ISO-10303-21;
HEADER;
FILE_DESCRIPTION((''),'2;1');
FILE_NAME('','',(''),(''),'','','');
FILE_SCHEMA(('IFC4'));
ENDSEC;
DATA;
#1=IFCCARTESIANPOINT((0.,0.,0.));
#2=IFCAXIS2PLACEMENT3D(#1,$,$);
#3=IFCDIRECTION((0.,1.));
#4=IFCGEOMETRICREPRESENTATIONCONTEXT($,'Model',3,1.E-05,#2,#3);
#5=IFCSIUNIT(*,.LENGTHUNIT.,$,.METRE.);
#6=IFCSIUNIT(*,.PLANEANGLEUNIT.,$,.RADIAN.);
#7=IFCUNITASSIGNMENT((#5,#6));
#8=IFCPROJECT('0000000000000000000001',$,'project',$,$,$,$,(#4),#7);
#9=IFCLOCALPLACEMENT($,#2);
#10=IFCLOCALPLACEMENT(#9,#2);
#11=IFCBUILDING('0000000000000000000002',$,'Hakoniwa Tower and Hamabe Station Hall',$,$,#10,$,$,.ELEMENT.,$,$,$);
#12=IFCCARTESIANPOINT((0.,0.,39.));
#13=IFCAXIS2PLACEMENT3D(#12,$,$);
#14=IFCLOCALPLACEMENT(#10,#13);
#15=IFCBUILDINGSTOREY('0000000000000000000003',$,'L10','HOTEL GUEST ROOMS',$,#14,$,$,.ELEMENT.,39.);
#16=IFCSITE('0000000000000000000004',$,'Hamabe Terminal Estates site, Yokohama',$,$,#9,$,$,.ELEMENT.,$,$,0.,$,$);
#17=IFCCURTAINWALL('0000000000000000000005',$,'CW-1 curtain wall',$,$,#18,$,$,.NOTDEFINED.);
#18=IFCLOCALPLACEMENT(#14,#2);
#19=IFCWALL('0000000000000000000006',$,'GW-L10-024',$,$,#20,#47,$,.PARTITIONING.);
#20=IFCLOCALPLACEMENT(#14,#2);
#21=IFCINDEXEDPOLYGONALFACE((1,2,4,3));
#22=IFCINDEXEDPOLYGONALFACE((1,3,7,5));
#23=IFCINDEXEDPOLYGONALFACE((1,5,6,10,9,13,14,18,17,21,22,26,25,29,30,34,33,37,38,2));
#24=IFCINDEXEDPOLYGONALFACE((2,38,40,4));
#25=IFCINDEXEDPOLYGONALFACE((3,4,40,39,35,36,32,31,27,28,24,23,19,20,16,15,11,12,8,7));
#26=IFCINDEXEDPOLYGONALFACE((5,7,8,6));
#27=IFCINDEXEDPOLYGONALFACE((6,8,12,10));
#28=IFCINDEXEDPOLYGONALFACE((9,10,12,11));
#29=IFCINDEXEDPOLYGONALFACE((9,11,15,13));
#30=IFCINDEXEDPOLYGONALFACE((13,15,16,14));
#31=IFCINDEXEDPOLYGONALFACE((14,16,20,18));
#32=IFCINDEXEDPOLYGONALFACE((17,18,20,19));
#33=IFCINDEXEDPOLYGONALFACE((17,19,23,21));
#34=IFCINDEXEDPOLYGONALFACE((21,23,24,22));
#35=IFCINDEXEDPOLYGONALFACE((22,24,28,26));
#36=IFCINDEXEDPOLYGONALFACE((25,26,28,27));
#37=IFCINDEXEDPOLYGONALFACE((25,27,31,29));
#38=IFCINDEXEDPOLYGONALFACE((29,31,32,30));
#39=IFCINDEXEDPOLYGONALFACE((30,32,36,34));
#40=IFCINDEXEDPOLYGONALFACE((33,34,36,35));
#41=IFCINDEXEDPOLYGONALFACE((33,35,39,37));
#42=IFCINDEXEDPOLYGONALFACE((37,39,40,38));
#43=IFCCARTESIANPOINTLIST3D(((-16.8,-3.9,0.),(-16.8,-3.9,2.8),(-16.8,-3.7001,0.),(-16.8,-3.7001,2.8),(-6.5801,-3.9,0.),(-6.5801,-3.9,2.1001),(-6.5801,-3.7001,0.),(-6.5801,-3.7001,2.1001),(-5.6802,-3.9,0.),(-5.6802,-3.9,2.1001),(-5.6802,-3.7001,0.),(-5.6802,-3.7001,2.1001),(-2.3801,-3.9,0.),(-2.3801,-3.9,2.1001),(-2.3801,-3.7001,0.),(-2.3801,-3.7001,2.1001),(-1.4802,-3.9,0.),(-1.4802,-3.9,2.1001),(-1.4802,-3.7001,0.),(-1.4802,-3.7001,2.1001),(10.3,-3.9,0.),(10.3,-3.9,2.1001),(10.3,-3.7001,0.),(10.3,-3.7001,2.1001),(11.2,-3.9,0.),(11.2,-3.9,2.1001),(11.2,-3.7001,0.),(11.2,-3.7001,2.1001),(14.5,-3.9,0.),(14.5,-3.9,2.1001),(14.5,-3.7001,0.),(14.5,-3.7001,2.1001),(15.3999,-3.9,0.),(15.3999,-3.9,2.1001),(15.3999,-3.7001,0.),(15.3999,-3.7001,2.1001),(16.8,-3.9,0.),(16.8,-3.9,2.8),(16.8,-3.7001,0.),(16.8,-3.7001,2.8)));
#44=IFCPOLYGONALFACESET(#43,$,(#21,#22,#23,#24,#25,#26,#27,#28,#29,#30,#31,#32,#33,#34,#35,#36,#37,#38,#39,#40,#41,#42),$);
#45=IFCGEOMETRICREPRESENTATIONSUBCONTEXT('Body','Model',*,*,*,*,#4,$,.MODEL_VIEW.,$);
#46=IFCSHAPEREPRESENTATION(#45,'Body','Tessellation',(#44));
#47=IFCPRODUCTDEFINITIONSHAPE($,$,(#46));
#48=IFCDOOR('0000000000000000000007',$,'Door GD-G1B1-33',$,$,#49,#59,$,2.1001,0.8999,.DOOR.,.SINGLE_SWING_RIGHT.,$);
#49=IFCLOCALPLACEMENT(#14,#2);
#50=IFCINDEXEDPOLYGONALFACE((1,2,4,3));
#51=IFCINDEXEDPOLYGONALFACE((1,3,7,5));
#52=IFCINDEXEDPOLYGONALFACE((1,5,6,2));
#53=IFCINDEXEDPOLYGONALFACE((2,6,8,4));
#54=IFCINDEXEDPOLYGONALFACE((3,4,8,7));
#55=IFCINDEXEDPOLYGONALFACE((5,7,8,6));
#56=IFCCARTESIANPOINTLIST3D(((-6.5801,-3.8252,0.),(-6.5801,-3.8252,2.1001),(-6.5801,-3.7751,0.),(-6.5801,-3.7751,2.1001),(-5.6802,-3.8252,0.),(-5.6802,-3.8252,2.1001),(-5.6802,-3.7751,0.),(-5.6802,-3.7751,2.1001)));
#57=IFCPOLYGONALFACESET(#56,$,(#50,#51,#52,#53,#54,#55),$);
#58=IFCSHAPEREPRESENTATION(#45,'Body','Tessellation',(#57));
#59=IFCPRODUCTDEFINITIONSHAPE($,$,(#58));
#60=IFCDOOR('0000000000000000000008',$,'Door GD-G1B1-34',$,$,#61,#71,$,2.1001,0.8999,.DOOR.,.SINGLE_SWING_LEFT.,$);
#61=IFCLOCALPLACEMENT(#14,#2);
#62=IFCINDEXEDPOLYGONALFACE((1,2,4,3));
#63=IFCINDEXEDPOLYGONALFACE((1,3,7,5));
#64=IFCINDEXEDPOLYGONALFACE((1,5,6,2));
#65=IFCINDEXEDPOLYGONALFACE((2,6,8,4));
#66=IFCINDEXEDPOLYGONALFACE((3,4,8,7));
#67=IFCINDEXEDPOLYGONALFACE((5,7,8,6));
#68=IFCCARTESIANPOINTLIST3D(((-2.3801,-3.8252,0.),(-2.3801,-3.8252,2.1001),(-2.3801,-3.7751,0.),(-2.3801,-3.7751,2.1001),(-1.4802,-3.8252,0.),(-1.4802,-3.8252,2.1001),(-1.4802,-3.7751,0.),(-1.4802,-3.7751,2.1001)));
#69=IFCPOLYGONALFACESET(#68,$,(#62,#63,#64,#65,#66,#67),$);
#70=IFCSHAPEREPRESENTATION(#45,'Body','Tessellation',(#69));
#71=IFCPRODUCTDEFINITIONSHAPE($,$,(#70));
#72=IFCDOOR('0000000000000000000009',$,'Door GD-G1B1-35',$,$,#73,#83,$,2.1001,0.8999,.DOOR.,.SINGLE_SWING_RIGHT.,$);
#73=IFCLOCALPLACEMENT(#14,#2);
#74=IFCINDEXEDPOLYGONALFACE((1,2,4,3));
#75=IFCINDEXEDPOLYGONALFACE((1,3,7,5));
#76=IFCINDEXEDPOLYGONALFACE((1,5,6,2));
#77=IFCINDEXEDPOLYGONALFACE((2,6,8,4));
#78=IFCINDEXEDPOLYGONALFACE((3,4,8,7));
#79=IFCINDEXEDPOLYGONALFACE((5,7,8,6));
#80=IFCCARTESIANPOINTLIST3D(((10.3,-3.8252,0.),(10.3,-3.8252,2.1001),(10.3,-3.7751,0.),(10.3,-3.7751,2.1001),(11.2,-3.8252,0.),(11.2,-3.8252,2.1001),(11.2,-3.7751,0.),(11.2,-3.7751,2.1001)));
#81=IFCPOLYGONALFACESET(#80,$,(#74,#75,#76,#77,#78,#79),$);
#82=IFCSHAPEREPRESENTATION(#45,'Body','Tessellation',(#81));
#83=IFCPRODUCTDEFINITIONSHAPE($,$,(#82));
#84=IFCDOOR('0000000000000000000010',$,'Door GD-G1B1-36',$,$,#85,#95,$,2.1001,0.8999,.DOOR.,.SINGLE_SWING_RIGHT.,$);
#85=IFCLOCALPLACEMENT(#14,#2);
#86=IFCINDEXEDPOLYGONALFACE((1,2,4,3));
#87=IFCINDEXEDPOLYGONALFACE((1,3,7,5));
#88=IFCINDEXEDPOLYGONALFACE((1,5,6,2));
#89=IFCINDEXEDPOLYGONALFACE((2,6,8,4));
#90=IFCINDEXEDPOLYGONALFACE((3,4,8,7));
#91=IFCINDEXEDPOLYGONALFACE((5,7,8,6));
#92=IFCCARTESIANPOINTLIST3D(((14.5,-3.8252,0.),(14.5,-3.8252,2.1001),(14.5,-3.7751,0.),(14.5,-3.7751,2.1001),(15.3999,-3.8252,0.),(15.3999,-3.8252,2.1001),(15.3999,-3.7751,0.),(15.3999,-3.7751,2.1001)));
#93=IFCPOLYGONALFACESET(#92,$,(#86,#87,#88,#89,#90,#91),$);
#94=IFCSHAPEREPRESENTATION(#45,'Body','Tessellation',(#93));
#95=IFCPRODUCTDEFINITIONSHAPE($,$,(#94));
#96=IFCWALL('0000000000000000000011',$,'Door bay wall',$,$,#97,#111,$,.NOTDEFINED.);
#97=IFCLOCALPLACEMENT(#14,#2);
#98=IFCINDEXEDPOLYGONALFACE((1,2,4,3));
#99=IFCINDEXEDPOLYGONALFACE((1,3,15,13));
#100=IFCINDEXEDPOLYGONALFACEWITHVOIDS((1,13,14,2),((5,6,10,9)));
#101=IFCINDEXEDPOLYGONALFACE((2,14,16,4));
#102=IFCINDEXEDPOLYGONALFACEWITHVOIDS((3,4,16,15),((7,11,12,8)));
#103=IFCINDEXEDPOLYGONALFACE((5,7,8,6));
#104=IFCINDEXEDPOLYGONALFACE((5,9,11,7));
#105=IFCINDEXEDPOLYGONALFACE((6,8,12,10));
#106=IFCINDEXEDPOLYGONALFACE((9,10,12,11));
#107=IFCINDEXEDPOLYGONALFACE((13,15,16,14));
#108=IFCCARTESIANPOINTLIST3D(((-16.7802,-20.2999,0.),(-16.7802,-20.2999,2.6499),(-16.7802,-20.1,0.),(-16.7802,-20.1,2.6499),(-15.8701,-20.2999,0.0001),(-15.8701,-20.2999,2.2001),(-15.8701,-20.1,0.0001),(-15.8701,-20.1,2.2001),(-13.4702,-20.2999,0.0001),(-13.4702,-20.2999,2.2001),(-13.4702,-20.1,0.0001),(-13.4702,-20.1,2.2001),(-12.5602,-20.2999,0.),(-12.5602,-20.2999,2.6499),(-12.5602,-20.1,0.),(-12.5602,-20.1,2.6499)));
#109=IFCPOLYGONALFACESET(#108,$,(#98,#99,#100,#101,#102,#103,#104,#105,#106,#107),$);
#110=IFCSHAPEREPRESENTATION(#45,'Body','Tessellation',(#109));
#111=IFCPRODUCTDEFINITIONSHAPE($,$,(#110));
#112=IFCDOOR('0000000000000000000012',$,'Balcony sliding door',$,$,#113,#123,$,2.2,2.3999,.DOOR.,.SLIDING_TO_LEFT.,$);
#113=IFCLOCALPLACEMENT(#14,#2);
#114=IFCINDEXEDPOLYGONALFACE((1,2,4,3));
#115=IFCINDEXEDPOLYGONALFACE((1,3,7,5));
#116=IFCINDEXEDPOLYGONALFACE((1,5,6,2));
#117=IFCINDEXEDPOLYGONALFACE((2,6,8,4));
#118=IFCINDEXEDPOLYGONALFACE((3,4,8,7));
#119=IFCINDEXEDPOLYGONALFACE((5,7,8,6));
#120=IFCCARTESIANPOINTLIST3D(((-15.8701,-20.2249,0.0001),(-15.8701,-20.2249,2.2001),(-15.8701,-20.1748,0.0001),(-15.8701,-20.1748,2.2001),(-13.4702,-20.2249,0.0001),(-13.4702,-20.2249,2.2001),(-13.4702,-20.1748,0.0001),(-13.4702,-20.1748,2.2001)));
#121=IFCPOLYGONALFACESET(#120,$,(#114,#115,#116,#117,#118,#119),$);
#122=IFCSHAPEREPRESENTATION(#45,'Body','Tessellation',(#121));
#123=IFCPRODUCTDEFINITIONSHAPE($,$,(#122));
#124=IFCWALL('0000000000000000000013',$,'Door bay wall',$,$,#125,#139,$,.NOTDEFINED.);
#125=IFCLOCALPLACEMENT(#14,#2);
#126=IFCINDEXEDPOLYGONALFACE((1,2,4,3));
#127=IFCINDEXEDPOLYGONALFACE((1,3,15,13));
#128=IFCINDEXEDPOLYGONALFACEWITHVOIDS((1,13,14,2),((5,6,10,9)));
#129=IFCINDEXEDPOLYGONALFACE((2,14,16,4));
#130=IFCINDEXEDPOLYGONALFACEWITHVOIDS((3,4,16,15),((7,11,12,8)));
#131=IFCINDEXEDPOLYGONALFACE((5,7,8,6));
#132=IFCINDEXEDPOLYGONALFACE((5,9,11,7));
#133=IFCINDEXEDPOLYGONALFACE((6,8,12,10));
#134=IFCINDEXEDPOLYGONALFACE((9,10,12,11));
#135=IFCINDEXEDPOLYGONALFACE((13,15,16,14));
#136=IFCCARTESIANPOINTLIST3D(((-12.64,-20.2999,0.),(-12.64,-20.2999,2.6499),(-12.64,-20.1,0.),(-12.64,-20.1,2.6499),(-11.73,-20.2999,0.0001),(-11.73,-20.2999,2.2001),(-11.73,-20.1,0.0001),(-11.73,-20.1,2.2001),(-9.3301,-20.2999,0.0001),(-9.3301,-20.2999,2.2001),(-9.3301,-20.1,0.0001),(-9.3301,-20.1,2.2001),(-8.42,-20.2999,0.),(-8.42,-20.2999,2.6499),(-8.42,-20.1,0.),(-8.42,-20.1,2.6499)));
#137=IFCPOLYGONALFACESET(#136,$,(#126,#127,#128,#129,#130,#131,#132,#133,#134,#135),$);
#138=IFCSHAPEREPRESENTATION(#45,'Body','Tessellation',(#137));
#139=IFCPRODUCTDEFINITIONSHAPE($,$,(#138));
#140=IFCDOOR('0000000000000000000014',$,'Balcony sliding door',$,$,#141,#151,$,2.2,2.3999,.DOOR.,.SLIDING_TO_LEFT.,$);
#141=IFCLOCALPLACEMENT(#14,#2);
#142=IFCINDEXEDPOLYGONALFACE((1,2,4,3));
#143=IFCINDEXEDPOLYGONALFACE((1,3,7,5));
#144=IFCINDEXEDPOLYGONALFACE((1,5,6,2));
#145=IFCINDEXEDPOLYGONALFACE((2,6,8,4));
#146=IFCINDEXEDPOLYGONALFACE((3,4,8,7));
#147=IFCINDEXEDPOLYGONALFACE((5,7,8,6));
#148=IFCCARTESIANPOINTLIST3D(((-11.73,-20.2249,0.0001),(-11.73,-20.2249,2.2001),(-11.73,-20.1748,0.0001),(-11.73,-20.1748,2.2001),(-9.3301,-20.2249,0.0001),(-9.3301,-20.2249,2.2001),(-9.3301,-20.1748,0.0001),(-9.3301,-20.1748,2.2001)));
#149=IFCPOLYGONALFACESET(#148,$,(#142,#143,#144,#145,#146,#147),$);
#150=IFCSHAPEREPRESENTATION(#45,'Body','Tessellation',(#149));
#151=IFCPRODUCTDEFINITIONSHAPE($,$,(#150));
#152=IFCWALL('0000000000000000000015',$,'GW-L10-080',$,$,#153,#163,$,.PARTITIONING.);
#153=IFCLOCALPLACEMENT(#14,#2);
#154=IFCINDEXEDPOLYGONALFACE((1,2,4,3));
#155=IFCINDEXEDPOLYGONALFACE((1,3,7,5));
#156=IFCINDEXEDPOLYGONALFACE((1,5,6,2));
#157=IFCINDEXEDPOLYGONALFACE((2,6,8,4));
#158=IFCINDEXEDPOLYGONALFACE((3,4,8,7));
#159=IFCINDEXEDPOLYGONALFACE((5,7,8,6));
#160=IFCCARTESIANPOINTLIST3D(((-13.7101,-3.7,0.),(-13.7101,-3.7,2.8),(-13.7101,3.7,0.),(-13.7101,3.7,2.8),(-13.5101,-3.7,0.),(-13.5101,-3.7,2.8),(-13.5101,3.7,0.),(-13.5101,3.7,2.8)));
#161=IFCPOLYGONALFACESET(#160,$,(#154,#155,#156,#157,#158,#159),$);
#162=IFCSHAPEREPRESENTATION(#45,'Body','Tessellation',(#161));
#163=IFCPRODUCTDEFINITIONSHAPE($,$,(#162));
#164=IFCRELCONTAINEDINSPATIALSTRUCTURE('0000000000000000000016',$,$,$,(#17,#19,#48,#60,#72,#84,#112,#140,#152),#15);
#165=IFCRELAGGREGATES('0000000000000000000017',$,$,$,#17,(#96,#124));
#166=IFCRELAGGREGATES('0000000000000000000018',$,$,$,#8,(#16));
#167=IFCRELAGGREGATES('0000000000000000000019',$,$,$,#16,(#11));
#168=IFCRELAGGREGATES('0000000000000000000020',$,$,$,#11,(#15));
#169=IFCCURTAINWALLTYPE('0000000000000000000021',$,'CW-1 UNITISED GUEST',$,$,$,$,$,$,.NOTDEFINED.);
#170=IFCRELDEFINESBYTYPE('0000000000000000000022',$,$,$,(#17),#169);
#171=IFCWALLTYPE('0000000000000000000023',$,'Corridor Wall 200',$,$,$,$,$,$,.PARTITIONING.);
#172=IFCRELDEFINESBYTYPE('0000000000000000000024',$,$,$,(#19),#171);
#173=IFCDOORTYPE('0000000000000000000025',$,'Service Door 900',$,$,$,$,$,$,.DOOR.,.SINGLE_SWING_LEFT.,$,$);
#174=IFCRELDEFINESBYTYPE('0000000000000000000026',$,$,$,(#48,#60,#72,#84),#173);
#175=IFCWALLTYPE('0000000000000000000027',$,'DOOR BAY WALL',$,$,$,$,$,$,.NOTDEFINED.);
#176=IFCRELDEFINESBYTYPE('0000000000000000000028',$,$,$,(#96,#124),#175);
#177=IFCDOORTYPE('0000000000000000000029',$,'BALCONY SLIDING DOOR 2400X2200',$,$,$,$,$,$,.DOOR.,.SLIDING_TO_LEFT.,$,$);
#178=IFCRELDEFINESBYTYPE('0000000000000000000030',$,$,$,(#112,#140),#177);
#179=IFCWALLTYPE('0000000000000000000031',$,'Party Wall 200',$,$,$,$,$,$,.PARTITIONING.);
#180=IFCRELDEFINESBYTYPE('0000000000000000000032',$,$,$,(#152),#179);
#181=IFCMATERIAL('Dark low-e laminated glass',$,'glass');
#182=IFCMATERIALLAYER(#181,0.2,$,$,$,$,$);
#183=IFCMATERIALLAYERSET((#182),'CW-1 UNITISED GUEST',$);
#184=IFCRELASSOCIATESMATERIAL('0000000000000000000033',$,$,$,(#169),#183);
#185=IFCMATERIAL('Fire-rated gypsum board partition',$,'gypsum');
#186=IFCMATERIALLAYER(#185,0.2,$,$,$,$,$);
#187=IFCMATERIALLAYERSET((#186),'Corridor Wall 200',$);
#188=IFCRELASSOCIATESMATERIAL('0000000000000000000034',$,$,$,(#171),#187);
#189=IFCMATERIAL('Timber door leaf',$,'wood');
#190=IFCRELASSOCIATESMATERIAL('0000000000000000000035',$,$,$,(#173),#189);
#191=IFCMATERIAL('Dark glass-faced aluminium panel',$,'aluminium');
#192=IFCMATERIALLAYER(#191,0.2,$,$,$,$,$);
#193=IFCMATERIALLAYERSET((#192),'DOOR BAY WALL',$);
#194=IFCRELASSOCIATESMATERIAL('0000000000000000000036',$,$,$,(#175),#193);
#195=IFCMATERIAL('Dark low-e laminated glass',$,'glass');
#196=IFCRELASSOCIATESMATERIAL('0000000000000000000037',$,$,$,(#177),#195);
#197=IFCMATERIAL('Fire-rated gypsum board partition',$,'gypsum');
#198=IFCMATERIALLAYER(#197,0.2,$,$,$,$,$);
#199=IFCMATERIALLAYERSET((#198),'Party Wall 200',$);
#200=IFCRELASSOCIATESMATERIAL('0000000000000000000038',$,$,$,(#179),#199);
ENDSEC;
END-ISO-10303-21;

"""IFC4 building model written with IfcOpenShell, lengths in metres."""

from ifc_helpers import new_model, si_unit, direction, frame, frame_2d, origin, place, context, subcontext, project, spatial, rectangle, extrude, material, layer, layer_set, type_object, element, fill, aggregate, save


model = new_model("IFC4")

# Units and contexts
model_context = context("Model", 3, precision=1e-05, world=origin(), true_north=direction((0.0, 1.0)))
body_context = subcontext(model_context, "Body", "Model", "MODEL_VIEW")
ifc_project = project(units=[si_unit("LENGTHUNIT", "METRE"), si_unit("PLANEANGLEUNIT", "RADIAN")], contexts=[model_context])

# Site, building, storey
site_placement = place(None, origin())
site = spatial("IfcSite", under=ifc_project, at=site_placement, Name="Hamabe Terminal Estates site, Yokohama", CompositionType="ELEMENT", RefElevation=0.0)
building_placement = place(site_placement, origin())
building = spatial("IfcBuilding", under=site, at=building_placement, Name="Hakoniwa Tower and Hamabe Station Hall", CompositionType="ELEMENT")
storey_placement = place(building_placement, frame((0.0, 0.0, 39.0)))
storey = spatial("IfcBuildingStorey", under=building, at=storey_placement, Name="L10", Description="HOTEL GUEST ROOMS", CompositionType="ELEMENT", Elevation=39.0)

# Curtain wall
ifc_material_1 = material(Name="Dark low-e laminated glass", Category="glass")
ifc_layer_1 = layer(ifc_material_1, 0.2)
ifc_layer_set_1 = layer_set([ifc_layer_1], Name="CW-1 UNITISED GUEST")
curtain_wall_type = type_object("IfcCurtainWallType", Name="CW-1 UNITISED GUEST", PredefinedType="NOTDEFINED", material=ifc_layer_set_1)
curtain_wall_placement = place(storey_placement, origin())
curtain_wall = element("IfcCurtainWall", 1, at=curtain_wall_placement, inside=storey, type_object=curtain_wall_type, Name="CW-1 curtain wall", PredefinedType="NOTDEFINED")

# Wall, openings, doors
ifc_material_2 = material(Name="Fire-rated gypsum board partition", Category="gypsum")
ifc_layer_2 = layer(ifc_material_2, 0.2)
ifc_layer_set_2 = layer_set([ifc_layer_2], Name="Corridor Wall 200")
wall_type_1 = type_object("IfcWallType", Name="Corridor Wall 200", PredefinedType="PARTITIONING", material=ifc_layer_set_2)
wall_1_placement = place(storey_placement, frame((-16.8, -3.8, 0.0), z_axis=(0.0, 0.0, 1.0), x_axis=(1.0, 0.0, 0.0)))
wall_1 = element("IfcWall", 2, at=wall_1_placement, inside=storey, type_object=wall_type_1, Name="GW-L10-024", PredefinedType="PARTITIONING", context=body_context, shape_type="SweptSolid", body=[
    extrude(rectangle(XDim=33.6001, YDim=0.2, at=frame_2d((16.8, 0.0))), origin(), (0.0, 0.0, 1.0), 2.8),
])
opening_1_placement = place(wall_1_placement, frame((10.22, 0.0, 0.0)))
opening_1 = element("IfcOpeningElement", 3, at=opening_1_placement, cuts=wall_1, PredefinedType="OPENING", context=body_context, shape_type="SweptSolid", body=[
    extrude(rectangle(XDim=0.8999, YDim=2.1001, at=frame_2d((0.45, 1.05))), frame((0.0, 0.1099, 0.0), z_axis=(0.0, -1.0, 0.0), x_axis=(1.0, 0.0, 0.0)), (0.0, 0.0, 1.0), 0.22),
])
opening_2_placement = place(wall_1_placement, frame((14.4199, 0.0, 0.0)))
opening_2 = element("IfcOpeningElement", 4, at=opening_2_placement, cuts=wall_1, PredefinedType="OPENING", context=body_context, shape_type="SweptSolid", body=[
    extrude(rectangle(XDim=0.8999, YDim=2.1001, at=frame_2d((0.45, 1.05))), frame((0.0, 0.1099, 0.0), z_axis=(0.0, -1.0, 0.0), x_axis=(1.0, 0.0, 0.0)), (0.0, 0.0, 1.0), 0.22),
])
opening_3_placement = place(wall_1_placement, frame((27.1001, 0.0, 0.0)))
opening_3 = element("IfcOpeningElement", 5, at=opening_3_placement, cuts=wall_1, PredefinedType="OPENING", context=body_context, shape_type="SweptSolid", body=[
    extrude(rectangle(XDim=0.8999, YDim=2.1001, at=frame_2d((0.45, 1.05))), frame((0.0, 0.1099, 0.0), z_axis=(0.0, -1.0, 0.0), x_axis=(1.0, 0.0, 0.0)), (0.0, 0.0, 1.0), 0.22),
])
opening_4_placement = place(wall_1_placement, frame((31.3, 0.0, 0.0)))
opening_4 = element("IfcOpeningElement", 6, at=opening_4_placement, cuts=wall_1, PredefinedType="OPENING", context=body_context, shape_type="SweptSolid", body=[
    extrude(rectangle(XDim=0.8999, YDim=2.1001, at=frame_2d((0.45, 1.05))), frame((0.0, 0.1099, 0.0), z_axis=(0.0, -1.0, 0.0), x_axis=(1.0, 0.0, 0.0)), (0.0, 0.0, 1.0), 0.22),
])
ifc_material_3 = material(Name="Timber door leaf", Category="wood")
door_type_1 = type_object("IfcDoorType", Name="Service Door 900", OperationType="SINGLE_SWING_LEFT", PredefinedType="DOOR", material=ifc_material_3)
door_1_placement = place(opening_1_placement, origin())
door_1 = element("IfcDoor", 7, at=door_1_placement, inside=storey, type_object=door_type_1, Name="Door GD-G1B1-33", OperationType="SINGLE_SWING_RIGHT", OverallHeight=2.1001, OverallWidth=0.8999, PredefinedType="DOOR", context=body_context, shape_type="SweptSolid", body=[
    extrude(rectangle(XDim=0.8999, YDim=2.1001, at=frame_2d((0.45, 1.05))), frame((0.0, 0.0249, 0.0), z_axis=(0.0, -1.0, 0.0), x_axis=(1.0, 0.0, 0.0)), (0.0, 0.0, 1.0), 0.05),
])
fill(opening_1, door_1)
door_2_placement = place(opening_2_placement, origin())
door_2 = element("IfcDoor", 8, at=door_2_placement, inside=storey, type_object=door_type_1, Name="Door GD-G1B1-34", OperationType="SINGLE_SWING_LEFT", OverallHeight=2.1001, OverallWidth=0.8999, PredefinedType="DOOR", context=body_context, shape_type="SweptSolid", body=[
    extrude(rectangle(XDim=0.8999, YDim=2.1001, at=frame_2d((0.45, 1.05))), frame((0.0, 0.0249, 0.0), z_axis=(0.0, -1.0, 0.0), x_axis=(1.0, 0.0, 0.0)), (0.0, 0.0, 1.0), 0.05),
])
fill(opening_2, door_2)
door_3_placement = place(opening_3_placement, origin())
door_3 = element("IfcDoor", 9, at=door_3_placement, inside=storey, type_object=door_type_1, Name="Door GD-G1B1-35", OperationType="SINGLE_SWING_RIGHT", OverallHeight=2.1001, OverallWidth=0.8999, PredefinedType="DOOR", context=body_context, shape_type="SweptSolid", body=[
    extrude(rectangle(XDim=0.8999, YDim=2.1001, at=frame_2d((0.45, 1.05))), frame((0.0, 0.0249, 0.0), z_axis=(0.0, -1.0, 0.0), x_axis=(1.0, 0.0, 0.0)), (0.0, 0.0, 1.0), 0.05),
])
fill(opening_3, door_3)
door_4_placement = place(opening_4_placement, origin())
door_4 = element("IfcDoor", 10, at=door_4_placement, inside=storey, type_object=door_type_1, Name="Door GD-G1B1-36", OperationType="SINGLE_SWING_RIGHT", OverallHeight=2.1001, OverallWidth=0.8999, PredefinedType="DOOR", context=body_context, shape_type="SweptSolid", body=[
    extrude(rectangle(XDim=0.8999, YDim=2.1001, at=frame_2d((0.45, 1.05))), frame((0.0, 0.0249, 0.0), z_axis=(0.0, -1.0, 0.0), x_axis=(1.0, 0.0, 0.0)), (0.0, 0.0, 1.0), 0.05),
])
fill(opening_4, door_4)

# Walls, openings, doors
ifc_material_4 = material(Name="Dark glass-faced aluminium panel", Category="aluminium")
ifc_layer_3 = layer(ifc_material_4, 0.2)
ifc_layer_set_3 = layer_set([ifc_layer_3], Name="DOOR BAY WALL")
wall_type_2 = type_object("IfcWallType", Name="DOOR BAY WALL", PredefinedType="NOTDEFINED", material=ifc_layer_set_3)
wall_2_placement = place(storey_placement, frame((-16.78, -20.2, 0.0), z_axis=(0.0, 0.0, 1.0), x_axis=(1.0, 0.0, 0.0)))
wall_2 = element("IfcWall", 11, at=wall_2_placement, type_object=wall_type_2, Name="Door bay wall", PredefinedType="NOTDEFINED", context=body_context, shape_type="SweptSolid", body=[
    extrude(rectangle(XDim=4.22, YDim=0.2, at=frame_2d((2.1099, 0.0))), origin(), (0.0, 0.0, 1.0), 2.6499),
])
opening_5_placement = place(wall_2_placement, frame((0.9099, 0.0, 0.0)))
opening_5 = element("IfcOpeningElement", 12, at=opening_5_placement, cuts=wall_2, PredefinedType="OPENING", context=body_context, shape_type="SweptSolid", body=[
    extrude(rectangle(XDim=2.3999, YDim=2.2, at=frame_2d((1.2, 1.1001))), frame((0.0, 0.1099, 0.0), z_axis=(0.0, -1.0, 0.0), x_axis=(1.0, 0.0, 0.0)), (0.0, 0.0, 1.0), 0.22),
])
ifc_material_5 = material(Name="Dark low-e laminated glass", Category="glass")
door_type_2 = type_object("IfcDoorType", Name="BALCONY SLIDING DOOR 2400X2200", OperationType="SLIDING_TO_LEFT", PredefinedType="DOOR", material=ifc_material_5)
door_5_placement = place(opening_5_placement, frame((2.3999, 0.0, 0.0), z_axis=(0.0, 0.0, 1.0), x_axis=(-1.0, 0.0, 0.0)))
door_5 = element("IfcDoor", 13, at=door_5_placement, inside=storey, type_object=door_type_2, Name="Balcony sliding door", OperationType="SLIDING_TO_LEFT", OverallHeight=2.2, OverallWidth=2.3999, PredefinedType="DOOR", context=body_context, shape_type="SweptSolid", body=[
    extrude(rectangle(XDim=2.3999, YDim=2.2, at=frame_2d((1.2, 1.1001))), frame((0.0, 0.0249, 0.0), z_axis=(0.0, -1.0, 0.0), x_axis=(1.0, 0.0, 0.0)), (0.0, 0.0, 1.0), 0.05),
])
fill(opening_5, door_5)
wall_3_placement = place(storey_placement, frame((-12.6399, -20.2, 0.0), z_axis=(0.0, 0.0, 1.0), x_axis=(1.0, 0.0, 0.0)))
wall_3 = element("IfcWall", 14, at=wall_3_placement, type_object=wall_type_2, Name="Door bay wall", PredefinedType="NOTDEFINED", context=body_context, shape_type="SweptSolid", body=[
    extrude(rectangle(XDim=4.22, YDim=0.2, at=frame_2d((2.1099, 0.0))), origin(), (0.0, 0.0, 1.0), 2.6499),
])
opening_6_placement = place(wall_3_placement, frame((0.9099, 0.0, 0.0)))
opening_6 = element("IfcOpeningElement", 15, at=opening_6_placement, cuts=wall_3, PredefinedType="OPENING", context=body_context, shape_type="SweptSolid", body=[
    extrude(rectangle(XDim=2.3999, YDim=2.2, at=frame_2d((1.2, 1.1001))), frame((0.0, 0.1099, 0.0), z_axis=(0.0, -1.0, 0.0), x_axis=(1.0, 0.0, 0.0)), (0.0, 0.0, 1.0), 0.22),
])
door_6_placement = place(opening_6_placement, frame((2.3999, 0.0, 0.0), z_axis=(0.0, 0.0, 1.0), x_axis=(-1.0, 0.0, 0.0)))
door_6 = element("IfcDoor", 16, at=door_6_placement, inside=storey, type_object=door_type_2, Name="Balcony sliding door", OperationType="SLIDING_TO_LEFT", OverallHeight=2.2, OverallWidth=2.3999, PredefinedType="DOOR", context=body_context, shape_type="SweptSolid", body=[
    extrude(rectangle(XDim=2.3999, YDim=2.2, at=frame_2d((1.2, 1.1001))), frame((0.0, 0.0249, 0.0), z_axis=(0.0, -1.0, 0.0), x_axis=(1.0, 0.0, 0.0)), (0.0, 0.0, 1.0), 0.05),
])
fill(opening_6, door_6)
aggregate(curtain_wall, [wall_2, wall_3])

# Wall
ifc_material_6 = material(Name="Fire-rated gypsum board partition", Category="gypsum")
ifc_layer_4 = layer(ifc_material_6, 0.2)
ifc_layer_set_4 = layer_set([ifc_layer_4], Name="Party Wall 200")
wall_type_3 = type_object("IfcWallType", Name="Party Wall 200", PredefinedType="PARTITIONING", material=ifc_layer_set_4)
wall_4_placement = place(storey_placement, frame((-13.6101, -3.7, 0.0), z_axis=(0.0, 0.0, 1.0), x_axis=(0.0, 1.0, 0.0)))
element("IfcWall", 17, at=wall_4_placement, inside=storey, type_object=wall_type_3, Name="GW-L10-080", PredefinedType="PARTITIONING", context=body_context, shape_type="SweptSolid", body=[
    extrude(rectangle(XDim=7.3999, YDim=0.2, at=frame_2d((3.7, 0.0))), origin(), (0.0, 0.0, 1.0), 2.8),
])

save(model, "model.ifc")
